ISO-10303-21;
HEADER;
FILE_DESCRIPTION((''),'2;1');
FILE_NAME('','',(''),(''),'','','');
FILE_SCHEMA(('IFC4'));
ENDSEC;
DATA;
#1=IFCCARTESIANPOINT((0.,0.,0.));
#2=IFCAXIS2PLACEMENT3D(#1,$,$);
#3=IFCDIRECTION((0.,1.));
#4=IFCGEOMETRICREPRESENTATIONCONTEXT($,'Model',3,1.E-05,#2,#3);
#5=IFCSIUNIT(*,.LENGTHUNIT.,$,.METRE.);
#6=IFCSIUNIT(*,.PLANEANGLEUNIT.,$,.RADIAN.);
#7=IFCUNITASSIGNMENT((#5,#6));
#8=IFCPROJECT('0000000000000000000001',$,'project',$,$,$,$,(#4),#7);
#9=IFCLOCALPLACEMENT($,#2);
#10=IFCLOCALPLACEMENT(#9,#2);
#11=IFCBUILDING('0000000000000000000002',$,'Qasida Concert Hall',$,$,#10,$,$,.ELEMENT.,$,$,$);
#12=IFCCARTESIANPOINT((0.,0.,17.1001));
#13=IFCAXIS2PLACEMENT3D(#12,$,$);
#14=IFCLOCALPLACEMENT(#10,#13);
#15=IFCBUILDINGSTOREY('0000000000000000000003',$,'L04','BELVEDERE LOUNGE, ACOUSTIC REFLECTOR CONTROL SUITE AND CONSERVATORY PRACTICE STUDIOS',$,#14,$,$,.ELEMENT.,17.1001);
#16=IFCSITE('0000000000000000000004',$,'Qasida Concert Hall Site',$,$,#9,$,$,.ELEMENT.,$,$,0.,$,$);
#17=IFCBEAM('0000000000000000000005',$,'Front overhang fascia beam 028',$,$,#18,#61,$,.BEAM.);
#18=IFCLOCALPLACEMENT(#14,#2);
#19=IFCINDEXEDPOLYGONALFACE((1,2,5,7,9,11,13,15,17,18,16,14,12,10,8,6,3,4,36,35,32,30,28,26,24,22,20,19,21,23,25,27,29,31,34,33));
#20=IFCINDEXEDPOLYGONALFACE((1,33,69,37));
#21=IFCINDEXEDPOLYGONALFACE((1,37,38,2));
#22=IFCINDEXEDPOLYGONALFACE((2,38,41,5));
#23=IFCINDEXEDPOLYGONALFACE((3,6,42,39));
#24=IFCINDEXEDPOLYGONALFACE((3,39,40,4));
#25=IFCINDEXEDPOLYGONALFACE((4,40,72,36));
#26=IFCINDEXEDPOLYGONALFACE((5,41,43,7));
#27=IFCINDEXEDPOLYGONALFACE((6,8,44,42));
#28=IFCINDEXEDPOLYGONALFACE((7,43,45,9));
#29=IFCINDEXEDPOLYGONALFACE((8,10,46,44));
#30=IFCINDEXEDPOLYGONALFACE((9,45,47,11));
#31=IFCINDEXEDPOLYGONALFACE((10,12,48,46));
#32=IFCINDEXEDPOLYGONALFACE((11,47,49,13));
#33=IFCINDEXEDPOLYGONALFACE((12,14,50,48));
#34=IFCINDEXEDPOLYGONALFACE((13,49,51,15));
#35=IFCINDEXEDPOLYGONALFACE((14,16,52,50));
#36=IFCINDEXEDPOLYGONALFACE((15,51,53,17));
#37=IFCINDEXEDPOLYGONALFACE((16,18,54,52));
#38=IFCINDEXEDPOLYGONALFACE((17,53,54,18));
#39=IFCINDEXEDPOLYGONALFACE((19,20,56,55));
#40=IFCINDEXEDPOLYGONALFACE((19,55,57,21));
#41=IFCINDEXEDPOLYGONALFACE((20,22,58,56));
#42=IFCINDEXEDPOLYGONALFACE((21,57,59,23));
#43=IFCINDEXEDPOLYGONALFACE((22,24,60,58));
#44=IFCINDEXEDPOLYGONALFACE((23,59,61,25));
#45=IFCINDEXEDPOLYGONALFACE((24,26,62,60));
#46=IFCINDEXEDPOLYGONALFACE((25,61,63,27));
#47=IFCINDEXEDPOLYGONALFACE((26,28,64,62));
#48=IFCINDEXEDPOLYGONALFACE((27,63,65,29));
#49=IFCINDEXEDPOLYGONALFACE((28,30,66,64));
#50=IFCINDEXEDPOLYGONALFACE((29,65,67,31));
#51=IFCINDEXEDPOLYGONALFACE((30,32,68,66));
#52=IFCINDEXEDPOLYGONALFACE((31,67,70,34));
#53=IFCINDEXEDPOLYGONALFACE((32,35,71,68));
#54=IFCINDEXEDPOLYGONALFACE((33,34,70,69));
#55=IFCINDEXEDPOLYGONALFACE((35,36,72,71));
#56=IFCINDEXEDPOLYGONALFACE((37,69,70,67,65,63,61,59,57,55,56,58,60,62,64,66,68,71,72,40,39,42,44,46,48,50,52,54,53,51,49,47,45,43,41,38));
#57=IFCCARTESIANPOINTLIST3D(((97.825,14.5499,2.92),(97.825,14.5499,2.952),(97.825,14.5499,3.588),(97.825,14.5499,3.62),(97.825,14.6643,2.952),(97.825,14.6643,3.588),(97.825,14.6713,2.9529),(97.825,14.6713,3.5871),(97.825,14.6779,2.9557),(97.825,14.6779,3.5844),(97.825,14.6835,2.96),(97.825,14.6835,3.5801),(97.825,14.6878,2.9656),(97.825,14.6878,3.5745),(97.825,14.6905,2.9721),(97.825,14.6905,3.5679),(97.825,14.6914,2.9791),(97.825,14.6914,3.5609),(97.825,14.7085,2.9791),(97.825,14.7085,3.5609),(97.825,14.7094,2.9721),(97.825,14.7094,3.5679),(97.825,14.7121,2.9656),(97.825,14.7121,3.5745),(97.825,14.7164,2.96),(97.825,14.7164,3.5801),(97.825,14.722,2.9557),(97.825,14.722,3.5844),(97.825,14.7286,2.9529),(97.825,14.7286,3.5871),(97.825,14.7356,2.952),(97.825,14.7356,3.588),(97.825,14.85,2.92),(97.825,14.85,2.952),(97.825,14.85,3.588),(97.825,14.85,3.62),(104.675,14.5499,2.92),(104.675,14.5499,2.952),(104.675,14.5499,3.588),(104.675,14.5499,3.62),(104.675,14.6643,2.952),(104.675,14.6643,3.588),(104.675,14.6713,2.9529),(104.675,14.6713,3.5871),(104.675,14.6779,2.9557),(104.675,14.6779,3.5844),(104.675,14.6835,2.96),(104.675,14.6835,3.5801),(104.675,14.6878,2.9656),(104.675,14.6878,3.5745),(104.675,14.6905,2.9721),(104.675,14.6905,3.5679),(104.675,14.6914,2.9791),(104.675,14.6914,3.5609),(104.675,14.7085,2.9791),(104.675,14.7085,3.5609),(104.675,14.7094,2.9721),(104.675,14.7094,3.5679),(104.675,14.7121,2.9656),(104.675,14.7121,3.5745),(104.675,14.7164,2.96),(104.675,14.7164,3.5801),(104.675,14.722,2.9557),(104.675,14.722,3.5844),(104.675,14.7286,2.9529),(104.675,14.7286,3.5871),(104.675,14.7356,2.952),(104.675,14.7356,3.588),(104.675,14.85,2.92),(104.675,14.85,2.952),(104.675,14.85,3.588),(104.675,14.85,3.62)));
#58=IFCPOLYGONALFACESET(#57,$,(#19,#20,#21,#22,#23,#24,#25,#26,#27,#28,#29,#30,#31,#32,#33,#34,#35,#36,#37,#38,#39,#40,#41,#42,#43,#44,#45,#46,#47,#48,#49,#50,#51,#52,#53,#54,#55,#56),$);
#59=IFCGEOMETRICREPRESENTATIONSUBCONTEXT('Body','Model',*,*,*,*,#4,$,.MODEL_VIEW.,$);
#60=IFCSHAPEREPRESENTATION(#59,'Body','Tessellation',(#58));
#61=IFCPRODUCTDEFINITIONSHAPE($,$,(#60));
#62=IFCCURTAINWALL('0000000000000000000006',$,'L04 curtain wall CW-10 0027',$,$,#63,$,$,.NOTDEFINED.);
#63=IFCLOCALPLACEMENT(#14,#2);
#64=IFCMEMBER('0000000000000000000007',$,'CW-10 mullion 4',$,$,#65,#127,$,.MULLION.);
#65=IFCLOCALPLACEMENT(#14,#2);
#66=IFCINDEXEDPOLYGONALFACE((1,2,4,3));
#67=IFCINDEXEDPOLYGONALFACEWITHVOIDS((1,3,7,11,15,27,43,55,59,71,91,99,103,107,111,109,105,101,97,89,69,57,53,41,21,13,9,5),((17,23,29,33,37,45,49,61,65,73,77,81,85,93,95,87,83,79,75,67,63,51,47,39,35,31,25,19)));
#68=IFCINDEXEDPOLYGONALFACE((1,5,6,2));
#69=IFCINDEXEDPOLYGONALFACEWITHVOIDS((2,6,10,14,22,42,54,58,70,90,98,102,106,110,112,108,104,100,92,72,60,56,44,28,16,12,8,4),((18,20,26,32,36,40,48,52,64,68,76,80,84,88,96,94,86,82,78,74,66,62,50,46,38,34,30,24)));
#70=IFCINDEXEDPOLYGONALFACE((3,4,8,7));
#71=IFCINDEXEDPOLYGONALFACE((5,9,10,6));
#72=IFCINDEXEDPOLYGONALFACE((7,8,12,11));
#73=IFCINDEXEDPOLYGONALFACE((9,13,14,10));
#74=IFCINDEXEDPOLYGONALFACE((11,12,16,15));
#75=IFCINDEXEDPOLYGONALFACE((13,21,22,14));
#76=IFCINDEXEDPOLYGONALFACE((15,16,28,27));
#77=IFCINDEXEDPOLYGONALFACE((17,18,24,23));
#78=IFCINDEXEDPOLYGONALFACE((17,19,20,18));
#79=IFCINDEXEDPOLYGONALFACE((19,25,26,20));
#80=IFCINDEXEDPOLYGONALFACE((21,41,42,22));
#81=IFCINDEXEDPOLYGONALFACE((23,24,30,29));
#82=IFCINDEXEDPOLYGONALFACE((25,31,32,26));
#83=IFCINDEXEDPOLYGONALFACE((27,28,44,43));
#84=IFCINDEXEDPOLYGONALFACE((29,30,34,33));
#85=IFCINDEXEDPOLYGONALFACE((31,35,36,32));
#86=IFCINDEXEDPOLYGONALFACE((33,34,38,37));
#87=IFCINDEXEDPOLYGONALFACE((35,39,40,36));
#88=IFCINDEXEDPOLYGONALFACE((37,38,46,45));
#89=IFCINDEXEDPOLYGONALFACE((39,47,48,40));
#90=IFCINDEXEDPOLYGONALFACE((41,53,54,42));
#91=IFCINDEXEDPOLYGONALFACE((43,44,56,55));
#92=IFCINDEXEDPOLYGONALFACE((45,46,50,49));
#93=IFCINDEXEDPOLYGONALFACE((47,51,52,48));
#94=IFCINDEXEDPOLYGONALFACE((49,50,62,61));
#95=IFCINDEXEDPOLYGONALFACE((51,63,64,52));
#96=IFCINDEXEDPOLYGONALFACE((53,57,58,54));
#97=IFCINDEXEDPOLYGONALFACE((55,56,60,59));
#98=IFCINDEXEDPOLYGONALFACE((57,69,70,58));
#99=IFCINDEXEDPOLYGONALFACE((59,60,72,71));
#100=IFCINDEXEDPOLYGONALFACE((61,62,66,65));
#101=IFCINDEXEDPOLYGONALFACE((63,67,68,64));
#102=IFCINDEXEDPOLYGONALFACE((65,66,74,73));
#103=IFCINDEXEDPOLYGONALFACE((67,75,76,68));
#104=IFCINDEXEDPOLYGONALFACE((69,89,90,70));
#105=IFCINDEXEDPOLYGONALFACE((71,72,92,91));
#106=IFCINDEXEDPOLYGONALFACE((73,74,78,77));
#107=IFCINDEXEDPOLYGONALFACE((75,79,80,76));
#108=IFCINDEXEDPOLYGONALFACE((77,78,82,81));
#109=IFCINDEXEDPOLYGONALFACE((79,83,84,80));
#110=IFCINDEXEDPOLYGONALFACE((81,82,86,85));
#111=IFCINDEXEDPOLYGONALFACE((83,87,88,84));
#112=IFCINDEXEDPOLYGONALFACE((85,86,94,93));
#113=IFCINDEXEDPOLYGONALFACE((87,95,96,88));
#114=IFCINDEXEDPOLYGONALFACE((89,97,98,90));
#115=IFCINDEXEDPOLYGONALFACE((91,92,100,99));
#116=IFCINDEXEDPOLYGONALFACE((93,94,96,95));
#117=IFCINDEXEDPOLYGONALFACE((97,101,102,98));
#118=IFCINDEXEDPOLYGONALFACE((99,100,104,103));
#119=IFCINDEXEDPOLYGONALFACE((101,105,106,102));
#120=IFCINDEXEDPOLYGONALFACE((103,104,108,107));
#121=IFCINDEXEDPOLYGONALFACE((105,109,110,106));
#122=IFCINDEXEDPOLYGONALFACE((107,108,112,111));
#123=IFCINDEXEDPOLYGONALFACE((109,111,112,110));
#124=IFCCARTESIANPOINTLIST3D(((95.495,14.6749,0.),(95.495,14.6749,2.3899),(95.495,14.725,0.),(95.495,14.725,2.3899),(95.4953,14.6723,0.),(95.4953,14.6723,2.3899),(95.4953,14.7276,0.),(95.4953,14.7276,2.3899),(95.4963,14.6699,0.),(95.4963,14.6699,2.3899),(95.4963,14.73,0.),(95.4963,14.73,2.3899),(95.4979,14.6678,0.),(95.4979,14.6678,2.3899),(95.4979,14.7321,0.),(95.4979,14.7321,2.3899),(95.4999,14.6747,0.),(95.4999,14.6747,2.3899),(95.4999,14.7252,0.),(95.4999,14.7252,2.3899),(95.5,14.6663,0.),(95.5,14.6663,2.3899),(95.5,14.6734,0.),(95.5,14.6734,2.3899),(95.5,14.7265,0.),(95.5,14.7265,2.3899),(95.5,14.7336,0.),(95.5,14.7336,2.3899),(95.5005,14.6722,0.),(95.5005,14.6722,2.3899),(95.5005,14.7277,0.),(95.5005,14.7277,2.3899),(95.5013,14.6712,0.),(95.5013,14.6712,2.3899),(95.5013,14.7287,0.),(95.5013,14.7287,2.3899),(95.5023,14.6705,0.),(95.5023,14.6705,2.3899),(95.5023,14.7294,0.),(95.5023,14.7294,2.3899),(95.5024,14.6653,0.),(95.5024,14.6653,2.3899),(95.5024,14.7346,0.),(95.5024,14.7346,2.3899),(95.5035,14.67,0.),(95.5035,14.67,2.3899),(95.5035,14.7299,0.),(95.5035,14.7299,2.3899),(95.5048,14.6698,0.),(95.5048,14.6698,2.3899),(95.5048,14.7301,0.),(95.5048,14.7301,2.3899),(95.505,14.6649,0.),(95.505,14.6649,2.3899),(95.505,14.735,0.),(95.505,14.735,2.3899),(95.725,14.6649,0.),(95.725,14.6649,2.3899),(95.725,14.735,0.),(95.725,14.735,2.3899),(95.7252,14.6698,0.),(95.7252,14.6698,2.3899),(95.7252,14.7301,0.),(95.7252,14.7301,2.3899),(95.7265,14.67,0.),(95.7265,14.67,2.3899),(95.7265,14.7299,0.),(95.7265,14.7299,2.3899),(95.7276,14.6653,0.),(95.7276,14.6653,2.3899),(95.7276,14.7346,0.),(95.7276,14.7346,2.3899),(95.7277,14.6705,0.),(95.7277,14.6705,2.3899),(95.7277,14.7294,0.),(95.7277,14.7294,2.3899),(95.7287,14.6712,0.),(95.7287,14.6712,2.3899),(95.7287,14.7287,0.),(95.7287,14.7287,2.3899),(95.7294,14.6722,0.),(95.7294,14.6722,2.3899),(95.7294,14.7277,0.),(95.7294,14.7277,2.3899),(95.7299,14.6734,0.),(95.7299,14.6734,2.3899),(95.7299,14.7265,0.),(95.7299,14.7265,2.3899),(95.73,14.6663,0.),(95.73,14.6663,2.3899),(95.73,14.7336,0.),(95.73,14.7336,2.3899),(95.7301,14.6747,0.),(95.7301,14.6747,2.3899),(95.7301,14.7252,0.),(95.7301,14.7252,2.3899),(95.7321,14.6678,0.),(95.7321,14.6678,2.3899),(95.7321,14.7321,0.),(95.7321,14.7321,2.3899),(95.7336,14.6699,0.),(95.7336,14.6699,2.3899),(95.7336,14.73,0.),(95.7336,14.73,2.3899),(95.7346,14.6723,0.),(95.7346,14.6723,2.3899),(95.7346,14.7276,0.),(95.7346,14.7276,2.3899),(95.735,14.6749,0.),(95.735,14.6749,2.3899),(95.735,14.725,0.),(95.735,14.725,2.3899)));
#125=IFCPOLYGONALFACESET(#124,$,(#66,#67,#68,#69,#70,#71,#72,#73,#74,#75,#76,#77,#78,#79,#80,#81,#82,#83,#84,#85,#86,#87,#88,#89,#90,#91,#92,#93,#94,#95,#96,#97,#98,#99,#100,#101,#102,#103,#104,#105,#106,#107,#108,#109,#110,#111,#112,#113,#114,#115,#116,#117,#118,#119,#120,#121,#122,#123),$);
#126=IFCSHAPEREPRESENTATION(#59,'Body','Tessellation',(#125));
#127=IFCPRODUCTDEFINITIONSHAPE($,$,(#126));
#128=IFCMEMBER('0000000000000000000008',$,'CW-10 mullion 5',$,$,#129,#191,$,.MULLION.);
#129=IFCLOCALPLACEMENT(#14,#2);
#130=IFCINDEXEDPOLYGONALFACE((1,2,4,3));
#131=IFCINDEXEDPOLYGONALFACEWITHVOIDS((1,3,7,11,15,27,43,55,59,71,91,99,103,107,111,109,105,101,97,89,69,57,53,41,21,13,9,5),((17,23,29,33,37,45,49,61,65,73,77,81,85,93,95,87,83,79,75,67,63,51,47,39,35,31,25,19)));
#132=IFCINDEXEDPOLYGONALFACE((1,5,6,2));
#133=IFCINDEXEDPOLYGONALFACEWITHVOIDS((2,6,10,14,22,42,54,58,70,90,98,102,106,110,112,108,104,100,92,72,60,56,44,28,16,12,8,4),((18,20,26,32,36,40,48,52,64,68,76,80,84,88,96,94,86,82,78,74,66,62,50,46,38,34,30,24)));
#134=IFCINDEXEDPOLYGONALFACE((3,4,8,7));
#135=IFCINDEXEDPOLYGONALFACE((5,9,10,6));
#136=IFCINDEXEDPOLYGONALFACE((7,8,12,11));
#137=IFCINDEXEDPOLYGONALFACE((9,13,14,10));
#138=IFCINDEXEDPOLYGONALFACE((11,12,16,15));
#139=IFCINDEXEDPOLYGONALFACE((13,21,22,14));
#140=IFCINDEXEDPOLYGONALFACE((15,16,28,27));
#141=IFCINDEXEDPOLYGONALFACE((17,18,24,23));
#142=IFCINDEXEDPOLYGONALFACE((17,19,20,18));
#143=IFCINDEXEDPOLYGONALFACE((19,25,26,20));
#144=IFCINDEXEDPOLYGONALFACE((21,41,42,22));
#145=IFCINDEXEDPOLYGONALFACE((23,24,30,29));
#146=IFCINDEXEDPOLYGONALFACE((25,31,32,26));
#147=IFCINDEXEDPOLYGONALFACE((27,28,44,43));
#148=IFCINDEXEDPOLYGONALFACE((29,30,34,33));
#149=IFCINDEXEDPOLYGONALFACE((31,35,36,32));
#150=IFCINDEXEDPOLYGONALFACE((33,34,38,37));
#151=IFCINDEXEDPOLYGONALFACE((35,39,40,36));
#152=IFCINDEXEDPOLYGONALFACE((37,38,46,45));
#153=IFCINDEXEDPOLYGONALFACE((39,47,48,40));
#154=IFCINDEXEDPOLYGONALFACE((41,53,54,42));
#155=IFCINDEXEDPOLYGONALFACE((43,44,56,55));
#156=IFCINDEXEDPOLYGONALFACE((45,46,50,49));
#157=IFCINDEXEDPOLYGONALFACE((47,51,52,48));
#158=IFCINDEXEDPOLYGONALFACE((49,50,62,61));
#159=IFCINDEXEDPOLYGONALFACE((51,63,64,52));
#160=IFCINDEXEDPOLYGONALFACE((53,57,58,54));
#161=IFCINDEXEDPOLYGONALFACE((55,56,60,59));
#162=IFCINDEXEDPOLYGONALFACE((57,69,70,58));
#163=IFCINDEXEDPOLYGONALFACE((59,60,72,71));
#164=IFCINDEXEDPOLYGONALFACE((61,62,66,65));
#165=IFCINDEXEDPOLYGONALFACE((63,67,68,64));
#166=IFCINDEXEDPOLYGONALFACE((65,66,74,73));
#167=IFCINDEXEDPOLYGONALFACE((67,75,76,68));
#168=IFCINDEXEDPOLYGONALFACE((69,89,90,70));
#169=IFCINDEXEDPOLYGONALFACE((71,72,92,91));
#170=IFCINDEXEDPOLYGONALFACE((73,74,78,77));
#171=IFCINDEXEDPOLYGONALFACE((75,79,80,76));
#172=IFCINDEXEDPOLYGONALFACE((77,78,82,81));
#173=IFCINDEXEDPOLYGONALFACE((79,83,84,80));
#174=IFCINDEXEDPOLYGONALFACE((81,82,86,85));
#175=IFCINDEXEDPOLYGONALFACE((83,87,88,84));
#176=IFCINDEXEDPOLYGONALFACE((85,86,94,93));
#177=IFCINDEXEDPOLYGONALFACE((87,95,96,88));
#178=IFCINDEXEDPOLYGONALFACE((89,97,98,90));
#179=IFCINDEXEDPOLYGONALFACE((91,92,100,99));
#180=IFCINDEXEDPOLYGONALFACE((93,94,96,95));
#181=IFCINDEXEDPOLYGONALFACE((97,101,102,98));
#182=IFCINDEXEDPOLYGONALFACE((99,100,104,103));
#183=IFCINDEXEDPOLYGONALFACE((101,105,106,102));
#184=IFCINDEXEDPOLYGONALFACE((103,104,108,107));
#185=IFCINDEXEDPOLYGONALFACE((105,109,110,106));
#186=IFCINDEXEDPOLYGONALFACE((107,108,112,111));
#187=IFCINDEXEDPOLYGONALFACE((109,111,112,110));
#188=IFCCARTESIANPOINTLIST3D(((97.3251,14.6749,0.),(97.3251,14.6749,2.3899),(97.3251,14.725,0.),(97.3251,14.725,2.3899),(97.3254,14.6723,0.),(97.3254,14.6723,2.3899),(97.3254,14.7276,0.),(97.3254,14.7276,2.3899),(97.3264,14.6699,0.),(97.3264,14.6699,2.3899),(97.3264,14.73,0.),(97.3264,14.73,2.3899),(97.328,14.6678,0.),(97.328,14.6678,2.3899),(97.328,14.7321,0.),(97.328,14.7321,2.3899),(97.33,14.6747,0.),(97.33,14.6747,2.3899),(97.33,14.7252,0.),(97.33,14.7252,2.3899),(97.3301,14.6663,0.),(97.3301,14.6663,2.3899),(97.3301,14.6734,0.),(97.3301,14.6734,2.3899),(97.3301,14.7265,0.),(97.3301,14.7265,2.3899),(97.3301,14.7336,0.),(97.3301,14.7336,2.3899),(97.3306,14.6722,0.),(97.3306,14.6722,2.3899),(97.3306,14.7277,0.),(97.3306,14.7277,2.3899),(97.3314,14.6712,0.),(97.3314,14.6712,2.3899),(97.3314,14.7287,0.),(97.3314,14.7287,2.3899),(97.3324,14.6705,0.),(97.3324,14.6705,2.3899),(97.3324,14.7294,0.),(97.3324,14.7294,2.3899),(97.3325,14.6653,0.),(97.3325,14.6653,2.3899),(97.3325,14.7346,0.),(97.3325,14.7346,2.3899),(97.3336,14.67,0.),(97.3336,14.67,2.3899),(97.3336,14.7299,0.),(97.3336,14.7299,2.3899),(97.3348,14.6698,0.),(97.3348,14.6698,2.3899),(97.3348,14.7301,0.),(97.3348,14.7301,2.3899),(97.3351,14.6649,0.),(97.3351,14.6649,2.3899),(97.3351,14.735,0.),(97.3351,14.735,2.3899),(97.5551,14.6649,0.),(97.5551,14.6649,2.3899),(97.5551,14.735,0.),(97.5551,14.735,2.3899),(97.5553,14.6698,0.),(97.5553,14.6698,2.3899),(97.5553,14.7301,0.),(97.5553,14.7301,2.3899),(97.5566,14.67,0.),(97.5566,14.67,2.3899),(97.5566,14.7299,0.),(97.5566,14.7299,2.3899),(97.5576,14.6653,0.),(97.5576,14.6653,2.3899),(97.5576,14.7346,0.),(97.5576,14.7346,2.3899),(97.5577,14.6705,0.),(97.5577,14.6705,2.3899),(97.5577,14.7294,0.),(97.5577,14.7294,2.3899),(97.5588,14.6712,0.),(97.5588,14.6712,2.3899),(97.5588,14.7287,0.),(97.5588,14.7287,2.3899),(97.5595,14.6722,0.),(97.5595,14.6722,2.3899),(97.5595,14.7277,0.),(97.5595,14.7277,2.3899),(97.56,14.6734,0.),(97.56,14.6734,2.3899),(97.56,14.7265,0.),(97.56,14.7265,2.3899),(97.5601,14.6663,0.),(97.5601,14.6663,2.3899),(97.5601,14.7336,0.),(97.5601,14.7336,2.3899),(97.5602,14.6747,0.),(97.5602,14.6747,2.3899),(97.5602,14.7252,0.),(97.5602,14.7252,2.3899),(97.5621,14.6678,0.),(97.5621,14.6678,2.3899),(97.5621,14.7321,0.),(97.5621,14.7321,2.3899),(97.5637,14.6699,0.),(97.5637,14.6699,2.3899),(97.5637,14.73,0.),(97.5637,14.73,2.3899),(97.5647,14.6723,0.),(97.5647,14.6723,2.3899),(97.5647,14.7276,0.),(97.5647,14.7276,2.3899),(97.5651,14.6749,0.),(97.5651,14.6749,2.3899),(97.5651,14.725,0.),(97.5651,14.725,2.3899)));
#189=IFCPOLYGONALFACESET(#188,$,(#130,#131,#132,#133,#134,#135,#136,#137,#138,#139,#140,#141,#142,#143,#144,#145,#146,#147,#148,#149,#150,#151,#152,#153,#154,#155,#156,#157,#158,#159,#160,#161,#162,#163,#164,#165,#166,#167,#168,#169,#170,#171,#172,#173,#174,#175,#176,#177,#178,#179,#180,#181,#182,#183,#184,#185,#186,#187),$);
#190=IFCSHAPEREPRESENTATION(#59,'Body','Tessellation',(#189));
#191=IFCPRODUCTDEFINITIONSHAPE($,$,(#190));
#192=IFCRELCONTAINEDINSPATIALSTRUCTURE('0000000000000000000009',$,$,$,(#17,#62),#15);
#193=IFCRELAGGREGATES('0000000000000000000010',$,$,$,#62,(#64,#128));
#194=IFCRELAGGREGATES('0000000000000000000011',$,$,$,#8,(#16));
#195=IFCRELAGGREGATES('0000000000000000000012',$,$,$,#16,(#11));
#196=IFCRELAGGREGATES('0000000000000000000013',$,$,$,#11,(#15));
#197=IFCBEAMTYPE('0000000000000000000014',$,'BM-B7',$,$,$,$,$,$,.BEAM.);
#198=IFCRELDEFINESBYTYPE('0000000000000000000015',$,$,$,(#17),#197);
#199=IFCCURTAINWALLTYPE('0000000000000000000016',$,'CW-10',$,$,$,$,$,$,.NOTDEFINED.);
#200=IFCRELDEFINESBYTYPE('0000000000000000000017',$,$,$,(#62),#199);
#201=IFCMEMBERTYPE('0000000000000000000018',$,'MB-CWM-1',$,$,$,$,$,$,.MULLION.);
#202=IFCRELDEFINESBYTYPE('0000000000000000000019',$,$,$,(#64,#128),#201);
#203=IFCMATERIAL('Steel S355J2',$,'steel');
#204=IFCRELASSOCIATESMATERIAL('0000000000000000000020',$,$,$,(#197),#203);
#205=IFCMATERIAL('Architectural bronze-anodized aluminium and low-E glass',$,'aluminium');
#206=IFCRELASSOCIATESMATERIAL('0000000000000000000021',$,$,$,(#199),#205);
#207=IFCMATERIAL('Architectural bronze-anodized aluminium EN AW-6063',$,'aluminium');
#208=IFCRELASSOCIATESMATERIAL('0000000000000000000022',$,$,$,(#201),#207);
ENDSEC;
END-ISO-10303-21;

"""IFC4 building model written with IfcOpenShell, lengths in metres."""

from ifc_helpers import new_model, si_unit, direction, frame, origin, origin_2d, place, context, subcontext, project, spatial, hollow_rectangle, i_section, extrude, material, material_profile, profile_set, type_object, element, aggregate, save


model = new_model("IFC4")

# Units and contexts
model_context = context("Model", 3, precision=1e-05, world=origin(), true_north=direction((0.0, 1.0)))
body_context = subcontext(model_context, "Body", "Model", "MODEL_VIEW")
ifc_project = project(units=[si_unit("LENGTHUNIT", "METRE"), si_unit("PLANEANGLEUNIT", "RADIAN")], contexts=[model_context])

# Site, building, storey
site_placement = place(None, origin())
site = spatial("IfcSite", under=ifc_project, at=site_placement, Name="Qasida Concert Hall Site", CompositionType="ELEMENT", RefElevation=0.0)
building_placement = place(site_placement, origin())
building = spatial("IfcBuilding", under=site, at=building_placement, Name="Qasida Concert Hall", CompositionType="ELEMENT")
storey_placement = place(building_placement, frame((0.0, 0.0, 17.1001)))
storey = spatial("IfcBuildingStorey", under=building, at=storey_placement, Name="L04", Description="BELVEDERE LOUNGE, ACOUSTIC REFLECTOR CONTROL SUITE AND CONSERVATORY PRACTICE STUDIOS", CompositionType="ELEMENT", Elevation=17.1001)

# Beam
ifc_material_1 = material(Name="Steel S355J2", Category="steel")
ifc_material_profile_1 = material_profile(ifc_material_1, i_section(OverallWidth=0.3, OverallDepth=0.7, WebThickness=0.0171, FlangeThickness=0.032, FilletRadius=0.0271, at=origin_2d()), Name="HEB 700")
ifc_profile_set_1 = profile_set([ifc_material_profile_1], Name="Steel S355J2")
beam_type = type_object("IfcBeamType", Name="BM-B7", PredefinedType="BEAM", material=ifc_profile_set_1)
beam_placement = place(storey_placement, frame((97.825, 14.7, 3.27), z_axis=(1.0, 0.0, 0.0), x_axis=(0.0, 1.0, 0.0)))
element("IfcBeam", 1, at=beam_placement, inside=storey, type_object=beam_type, Name="Front overhang fascia beam 028", PredefinedType="BEAM", context=body_context, shape_type="SweptSolid", body=[
    extrude(i_section(OverallWidth=0.3, OverallDepth=0.7, WebThickness=0.0171, FlangeThickness=0.032, FilletRadius=0.0271, at=origin_2d()), origin(), (0.0, 0.0, 1.0), 6.8501),
])

# Curtain wall, members
ifc_material_2 = material(Name="Architectural bronze-anodized aluminium and low-E glass", Category="aluminium")
curtain_wall_type = type_object("IfcCurtainWallType", Name="CW-10", PredefinedType="NOTDEFINED", material=ifc_material_2)
curtain_wall_1_placement = place(storey_placement, origin())
curtain_wall_1 = element("IfcCurtainWall", 2, at=curtain_wall_1_placement, inside=storey, type_object=curtain_wall_type, Name="L04 curtain wall CW-10 0027", PredefinedType="NOTDEFINED")
ifc_material_3 = material(Name="Architectural bronze-anodized aluminium EN AW-6063", Category="aluminium")
ifc_material_profile_2 = material_profile(ifc_material_3, hollow_rectangle(XDim=0.0701, YDim=0.24, WallThickness=0.0049, InnerFilletRadius=0.0049, OuterFilletRadius=0.01, at=origin_2d()), Name="CWM 240x70x5")
ifc_profile_set_2 = profile_set([ifc_material_profile_2], Name="Architectural bronze-anodized aluminium EN AW-6063")
member_type_1 = type_object("IfcMemberType", Name="MB-CWM-1", PredefinedType="MULLION", material=ifc_profile_set_2)
member_1_placement = place(storey_placement, frame((95.615, 14.7, 0.0), z_axis=(0.0, 0.0, 1.0), x_axis=(0.0, 1.0, 0.0)))
member_1 = element("IfcMember", 3, at=member_1_placement, type_object=member_type_1, Name="CW-10 mullion 4", PredefinedType="MULLION", context=body_context, shape_type="SweptSolid", body=[
    extrude(hollow_rectangle(XDim=0.0701, YDim=0.24, WallThickness=0.0049, InnerFilletRadius=0.0049, OuterFilletRadius=0.01, at=origin_2d()), origin(), (0.0, 0.0, 1.0), 2.3899),
])
member_2_placement = place(storey_placement, frame((97.4451, 14.7, 0.0), z_axis=(0.0, 0.0, 1.0), x_axis=(0.0, 1.0, 0.0)))
member_2 = element("IfcMember", 4, at=member_2_placement, type_object=member_type_1, Name="CW-10 mullion 5", PredefinedType="MULLION", context=body_context, shape_type="SweptSolid", body=[
    extrude(hollow_rectangle(XDim=0.0701, YDim=0.24, WallThickness=0.0049, InnerFilletRadius=0.0049, OuterFilletRadius=0.01, at=origin_2d()), origin(), (0.0, 0.0, 1.0), 2.3899),
])

aggregate(curtain_wall_1, [member_1, member_2])

save(model, "model.ifc")
